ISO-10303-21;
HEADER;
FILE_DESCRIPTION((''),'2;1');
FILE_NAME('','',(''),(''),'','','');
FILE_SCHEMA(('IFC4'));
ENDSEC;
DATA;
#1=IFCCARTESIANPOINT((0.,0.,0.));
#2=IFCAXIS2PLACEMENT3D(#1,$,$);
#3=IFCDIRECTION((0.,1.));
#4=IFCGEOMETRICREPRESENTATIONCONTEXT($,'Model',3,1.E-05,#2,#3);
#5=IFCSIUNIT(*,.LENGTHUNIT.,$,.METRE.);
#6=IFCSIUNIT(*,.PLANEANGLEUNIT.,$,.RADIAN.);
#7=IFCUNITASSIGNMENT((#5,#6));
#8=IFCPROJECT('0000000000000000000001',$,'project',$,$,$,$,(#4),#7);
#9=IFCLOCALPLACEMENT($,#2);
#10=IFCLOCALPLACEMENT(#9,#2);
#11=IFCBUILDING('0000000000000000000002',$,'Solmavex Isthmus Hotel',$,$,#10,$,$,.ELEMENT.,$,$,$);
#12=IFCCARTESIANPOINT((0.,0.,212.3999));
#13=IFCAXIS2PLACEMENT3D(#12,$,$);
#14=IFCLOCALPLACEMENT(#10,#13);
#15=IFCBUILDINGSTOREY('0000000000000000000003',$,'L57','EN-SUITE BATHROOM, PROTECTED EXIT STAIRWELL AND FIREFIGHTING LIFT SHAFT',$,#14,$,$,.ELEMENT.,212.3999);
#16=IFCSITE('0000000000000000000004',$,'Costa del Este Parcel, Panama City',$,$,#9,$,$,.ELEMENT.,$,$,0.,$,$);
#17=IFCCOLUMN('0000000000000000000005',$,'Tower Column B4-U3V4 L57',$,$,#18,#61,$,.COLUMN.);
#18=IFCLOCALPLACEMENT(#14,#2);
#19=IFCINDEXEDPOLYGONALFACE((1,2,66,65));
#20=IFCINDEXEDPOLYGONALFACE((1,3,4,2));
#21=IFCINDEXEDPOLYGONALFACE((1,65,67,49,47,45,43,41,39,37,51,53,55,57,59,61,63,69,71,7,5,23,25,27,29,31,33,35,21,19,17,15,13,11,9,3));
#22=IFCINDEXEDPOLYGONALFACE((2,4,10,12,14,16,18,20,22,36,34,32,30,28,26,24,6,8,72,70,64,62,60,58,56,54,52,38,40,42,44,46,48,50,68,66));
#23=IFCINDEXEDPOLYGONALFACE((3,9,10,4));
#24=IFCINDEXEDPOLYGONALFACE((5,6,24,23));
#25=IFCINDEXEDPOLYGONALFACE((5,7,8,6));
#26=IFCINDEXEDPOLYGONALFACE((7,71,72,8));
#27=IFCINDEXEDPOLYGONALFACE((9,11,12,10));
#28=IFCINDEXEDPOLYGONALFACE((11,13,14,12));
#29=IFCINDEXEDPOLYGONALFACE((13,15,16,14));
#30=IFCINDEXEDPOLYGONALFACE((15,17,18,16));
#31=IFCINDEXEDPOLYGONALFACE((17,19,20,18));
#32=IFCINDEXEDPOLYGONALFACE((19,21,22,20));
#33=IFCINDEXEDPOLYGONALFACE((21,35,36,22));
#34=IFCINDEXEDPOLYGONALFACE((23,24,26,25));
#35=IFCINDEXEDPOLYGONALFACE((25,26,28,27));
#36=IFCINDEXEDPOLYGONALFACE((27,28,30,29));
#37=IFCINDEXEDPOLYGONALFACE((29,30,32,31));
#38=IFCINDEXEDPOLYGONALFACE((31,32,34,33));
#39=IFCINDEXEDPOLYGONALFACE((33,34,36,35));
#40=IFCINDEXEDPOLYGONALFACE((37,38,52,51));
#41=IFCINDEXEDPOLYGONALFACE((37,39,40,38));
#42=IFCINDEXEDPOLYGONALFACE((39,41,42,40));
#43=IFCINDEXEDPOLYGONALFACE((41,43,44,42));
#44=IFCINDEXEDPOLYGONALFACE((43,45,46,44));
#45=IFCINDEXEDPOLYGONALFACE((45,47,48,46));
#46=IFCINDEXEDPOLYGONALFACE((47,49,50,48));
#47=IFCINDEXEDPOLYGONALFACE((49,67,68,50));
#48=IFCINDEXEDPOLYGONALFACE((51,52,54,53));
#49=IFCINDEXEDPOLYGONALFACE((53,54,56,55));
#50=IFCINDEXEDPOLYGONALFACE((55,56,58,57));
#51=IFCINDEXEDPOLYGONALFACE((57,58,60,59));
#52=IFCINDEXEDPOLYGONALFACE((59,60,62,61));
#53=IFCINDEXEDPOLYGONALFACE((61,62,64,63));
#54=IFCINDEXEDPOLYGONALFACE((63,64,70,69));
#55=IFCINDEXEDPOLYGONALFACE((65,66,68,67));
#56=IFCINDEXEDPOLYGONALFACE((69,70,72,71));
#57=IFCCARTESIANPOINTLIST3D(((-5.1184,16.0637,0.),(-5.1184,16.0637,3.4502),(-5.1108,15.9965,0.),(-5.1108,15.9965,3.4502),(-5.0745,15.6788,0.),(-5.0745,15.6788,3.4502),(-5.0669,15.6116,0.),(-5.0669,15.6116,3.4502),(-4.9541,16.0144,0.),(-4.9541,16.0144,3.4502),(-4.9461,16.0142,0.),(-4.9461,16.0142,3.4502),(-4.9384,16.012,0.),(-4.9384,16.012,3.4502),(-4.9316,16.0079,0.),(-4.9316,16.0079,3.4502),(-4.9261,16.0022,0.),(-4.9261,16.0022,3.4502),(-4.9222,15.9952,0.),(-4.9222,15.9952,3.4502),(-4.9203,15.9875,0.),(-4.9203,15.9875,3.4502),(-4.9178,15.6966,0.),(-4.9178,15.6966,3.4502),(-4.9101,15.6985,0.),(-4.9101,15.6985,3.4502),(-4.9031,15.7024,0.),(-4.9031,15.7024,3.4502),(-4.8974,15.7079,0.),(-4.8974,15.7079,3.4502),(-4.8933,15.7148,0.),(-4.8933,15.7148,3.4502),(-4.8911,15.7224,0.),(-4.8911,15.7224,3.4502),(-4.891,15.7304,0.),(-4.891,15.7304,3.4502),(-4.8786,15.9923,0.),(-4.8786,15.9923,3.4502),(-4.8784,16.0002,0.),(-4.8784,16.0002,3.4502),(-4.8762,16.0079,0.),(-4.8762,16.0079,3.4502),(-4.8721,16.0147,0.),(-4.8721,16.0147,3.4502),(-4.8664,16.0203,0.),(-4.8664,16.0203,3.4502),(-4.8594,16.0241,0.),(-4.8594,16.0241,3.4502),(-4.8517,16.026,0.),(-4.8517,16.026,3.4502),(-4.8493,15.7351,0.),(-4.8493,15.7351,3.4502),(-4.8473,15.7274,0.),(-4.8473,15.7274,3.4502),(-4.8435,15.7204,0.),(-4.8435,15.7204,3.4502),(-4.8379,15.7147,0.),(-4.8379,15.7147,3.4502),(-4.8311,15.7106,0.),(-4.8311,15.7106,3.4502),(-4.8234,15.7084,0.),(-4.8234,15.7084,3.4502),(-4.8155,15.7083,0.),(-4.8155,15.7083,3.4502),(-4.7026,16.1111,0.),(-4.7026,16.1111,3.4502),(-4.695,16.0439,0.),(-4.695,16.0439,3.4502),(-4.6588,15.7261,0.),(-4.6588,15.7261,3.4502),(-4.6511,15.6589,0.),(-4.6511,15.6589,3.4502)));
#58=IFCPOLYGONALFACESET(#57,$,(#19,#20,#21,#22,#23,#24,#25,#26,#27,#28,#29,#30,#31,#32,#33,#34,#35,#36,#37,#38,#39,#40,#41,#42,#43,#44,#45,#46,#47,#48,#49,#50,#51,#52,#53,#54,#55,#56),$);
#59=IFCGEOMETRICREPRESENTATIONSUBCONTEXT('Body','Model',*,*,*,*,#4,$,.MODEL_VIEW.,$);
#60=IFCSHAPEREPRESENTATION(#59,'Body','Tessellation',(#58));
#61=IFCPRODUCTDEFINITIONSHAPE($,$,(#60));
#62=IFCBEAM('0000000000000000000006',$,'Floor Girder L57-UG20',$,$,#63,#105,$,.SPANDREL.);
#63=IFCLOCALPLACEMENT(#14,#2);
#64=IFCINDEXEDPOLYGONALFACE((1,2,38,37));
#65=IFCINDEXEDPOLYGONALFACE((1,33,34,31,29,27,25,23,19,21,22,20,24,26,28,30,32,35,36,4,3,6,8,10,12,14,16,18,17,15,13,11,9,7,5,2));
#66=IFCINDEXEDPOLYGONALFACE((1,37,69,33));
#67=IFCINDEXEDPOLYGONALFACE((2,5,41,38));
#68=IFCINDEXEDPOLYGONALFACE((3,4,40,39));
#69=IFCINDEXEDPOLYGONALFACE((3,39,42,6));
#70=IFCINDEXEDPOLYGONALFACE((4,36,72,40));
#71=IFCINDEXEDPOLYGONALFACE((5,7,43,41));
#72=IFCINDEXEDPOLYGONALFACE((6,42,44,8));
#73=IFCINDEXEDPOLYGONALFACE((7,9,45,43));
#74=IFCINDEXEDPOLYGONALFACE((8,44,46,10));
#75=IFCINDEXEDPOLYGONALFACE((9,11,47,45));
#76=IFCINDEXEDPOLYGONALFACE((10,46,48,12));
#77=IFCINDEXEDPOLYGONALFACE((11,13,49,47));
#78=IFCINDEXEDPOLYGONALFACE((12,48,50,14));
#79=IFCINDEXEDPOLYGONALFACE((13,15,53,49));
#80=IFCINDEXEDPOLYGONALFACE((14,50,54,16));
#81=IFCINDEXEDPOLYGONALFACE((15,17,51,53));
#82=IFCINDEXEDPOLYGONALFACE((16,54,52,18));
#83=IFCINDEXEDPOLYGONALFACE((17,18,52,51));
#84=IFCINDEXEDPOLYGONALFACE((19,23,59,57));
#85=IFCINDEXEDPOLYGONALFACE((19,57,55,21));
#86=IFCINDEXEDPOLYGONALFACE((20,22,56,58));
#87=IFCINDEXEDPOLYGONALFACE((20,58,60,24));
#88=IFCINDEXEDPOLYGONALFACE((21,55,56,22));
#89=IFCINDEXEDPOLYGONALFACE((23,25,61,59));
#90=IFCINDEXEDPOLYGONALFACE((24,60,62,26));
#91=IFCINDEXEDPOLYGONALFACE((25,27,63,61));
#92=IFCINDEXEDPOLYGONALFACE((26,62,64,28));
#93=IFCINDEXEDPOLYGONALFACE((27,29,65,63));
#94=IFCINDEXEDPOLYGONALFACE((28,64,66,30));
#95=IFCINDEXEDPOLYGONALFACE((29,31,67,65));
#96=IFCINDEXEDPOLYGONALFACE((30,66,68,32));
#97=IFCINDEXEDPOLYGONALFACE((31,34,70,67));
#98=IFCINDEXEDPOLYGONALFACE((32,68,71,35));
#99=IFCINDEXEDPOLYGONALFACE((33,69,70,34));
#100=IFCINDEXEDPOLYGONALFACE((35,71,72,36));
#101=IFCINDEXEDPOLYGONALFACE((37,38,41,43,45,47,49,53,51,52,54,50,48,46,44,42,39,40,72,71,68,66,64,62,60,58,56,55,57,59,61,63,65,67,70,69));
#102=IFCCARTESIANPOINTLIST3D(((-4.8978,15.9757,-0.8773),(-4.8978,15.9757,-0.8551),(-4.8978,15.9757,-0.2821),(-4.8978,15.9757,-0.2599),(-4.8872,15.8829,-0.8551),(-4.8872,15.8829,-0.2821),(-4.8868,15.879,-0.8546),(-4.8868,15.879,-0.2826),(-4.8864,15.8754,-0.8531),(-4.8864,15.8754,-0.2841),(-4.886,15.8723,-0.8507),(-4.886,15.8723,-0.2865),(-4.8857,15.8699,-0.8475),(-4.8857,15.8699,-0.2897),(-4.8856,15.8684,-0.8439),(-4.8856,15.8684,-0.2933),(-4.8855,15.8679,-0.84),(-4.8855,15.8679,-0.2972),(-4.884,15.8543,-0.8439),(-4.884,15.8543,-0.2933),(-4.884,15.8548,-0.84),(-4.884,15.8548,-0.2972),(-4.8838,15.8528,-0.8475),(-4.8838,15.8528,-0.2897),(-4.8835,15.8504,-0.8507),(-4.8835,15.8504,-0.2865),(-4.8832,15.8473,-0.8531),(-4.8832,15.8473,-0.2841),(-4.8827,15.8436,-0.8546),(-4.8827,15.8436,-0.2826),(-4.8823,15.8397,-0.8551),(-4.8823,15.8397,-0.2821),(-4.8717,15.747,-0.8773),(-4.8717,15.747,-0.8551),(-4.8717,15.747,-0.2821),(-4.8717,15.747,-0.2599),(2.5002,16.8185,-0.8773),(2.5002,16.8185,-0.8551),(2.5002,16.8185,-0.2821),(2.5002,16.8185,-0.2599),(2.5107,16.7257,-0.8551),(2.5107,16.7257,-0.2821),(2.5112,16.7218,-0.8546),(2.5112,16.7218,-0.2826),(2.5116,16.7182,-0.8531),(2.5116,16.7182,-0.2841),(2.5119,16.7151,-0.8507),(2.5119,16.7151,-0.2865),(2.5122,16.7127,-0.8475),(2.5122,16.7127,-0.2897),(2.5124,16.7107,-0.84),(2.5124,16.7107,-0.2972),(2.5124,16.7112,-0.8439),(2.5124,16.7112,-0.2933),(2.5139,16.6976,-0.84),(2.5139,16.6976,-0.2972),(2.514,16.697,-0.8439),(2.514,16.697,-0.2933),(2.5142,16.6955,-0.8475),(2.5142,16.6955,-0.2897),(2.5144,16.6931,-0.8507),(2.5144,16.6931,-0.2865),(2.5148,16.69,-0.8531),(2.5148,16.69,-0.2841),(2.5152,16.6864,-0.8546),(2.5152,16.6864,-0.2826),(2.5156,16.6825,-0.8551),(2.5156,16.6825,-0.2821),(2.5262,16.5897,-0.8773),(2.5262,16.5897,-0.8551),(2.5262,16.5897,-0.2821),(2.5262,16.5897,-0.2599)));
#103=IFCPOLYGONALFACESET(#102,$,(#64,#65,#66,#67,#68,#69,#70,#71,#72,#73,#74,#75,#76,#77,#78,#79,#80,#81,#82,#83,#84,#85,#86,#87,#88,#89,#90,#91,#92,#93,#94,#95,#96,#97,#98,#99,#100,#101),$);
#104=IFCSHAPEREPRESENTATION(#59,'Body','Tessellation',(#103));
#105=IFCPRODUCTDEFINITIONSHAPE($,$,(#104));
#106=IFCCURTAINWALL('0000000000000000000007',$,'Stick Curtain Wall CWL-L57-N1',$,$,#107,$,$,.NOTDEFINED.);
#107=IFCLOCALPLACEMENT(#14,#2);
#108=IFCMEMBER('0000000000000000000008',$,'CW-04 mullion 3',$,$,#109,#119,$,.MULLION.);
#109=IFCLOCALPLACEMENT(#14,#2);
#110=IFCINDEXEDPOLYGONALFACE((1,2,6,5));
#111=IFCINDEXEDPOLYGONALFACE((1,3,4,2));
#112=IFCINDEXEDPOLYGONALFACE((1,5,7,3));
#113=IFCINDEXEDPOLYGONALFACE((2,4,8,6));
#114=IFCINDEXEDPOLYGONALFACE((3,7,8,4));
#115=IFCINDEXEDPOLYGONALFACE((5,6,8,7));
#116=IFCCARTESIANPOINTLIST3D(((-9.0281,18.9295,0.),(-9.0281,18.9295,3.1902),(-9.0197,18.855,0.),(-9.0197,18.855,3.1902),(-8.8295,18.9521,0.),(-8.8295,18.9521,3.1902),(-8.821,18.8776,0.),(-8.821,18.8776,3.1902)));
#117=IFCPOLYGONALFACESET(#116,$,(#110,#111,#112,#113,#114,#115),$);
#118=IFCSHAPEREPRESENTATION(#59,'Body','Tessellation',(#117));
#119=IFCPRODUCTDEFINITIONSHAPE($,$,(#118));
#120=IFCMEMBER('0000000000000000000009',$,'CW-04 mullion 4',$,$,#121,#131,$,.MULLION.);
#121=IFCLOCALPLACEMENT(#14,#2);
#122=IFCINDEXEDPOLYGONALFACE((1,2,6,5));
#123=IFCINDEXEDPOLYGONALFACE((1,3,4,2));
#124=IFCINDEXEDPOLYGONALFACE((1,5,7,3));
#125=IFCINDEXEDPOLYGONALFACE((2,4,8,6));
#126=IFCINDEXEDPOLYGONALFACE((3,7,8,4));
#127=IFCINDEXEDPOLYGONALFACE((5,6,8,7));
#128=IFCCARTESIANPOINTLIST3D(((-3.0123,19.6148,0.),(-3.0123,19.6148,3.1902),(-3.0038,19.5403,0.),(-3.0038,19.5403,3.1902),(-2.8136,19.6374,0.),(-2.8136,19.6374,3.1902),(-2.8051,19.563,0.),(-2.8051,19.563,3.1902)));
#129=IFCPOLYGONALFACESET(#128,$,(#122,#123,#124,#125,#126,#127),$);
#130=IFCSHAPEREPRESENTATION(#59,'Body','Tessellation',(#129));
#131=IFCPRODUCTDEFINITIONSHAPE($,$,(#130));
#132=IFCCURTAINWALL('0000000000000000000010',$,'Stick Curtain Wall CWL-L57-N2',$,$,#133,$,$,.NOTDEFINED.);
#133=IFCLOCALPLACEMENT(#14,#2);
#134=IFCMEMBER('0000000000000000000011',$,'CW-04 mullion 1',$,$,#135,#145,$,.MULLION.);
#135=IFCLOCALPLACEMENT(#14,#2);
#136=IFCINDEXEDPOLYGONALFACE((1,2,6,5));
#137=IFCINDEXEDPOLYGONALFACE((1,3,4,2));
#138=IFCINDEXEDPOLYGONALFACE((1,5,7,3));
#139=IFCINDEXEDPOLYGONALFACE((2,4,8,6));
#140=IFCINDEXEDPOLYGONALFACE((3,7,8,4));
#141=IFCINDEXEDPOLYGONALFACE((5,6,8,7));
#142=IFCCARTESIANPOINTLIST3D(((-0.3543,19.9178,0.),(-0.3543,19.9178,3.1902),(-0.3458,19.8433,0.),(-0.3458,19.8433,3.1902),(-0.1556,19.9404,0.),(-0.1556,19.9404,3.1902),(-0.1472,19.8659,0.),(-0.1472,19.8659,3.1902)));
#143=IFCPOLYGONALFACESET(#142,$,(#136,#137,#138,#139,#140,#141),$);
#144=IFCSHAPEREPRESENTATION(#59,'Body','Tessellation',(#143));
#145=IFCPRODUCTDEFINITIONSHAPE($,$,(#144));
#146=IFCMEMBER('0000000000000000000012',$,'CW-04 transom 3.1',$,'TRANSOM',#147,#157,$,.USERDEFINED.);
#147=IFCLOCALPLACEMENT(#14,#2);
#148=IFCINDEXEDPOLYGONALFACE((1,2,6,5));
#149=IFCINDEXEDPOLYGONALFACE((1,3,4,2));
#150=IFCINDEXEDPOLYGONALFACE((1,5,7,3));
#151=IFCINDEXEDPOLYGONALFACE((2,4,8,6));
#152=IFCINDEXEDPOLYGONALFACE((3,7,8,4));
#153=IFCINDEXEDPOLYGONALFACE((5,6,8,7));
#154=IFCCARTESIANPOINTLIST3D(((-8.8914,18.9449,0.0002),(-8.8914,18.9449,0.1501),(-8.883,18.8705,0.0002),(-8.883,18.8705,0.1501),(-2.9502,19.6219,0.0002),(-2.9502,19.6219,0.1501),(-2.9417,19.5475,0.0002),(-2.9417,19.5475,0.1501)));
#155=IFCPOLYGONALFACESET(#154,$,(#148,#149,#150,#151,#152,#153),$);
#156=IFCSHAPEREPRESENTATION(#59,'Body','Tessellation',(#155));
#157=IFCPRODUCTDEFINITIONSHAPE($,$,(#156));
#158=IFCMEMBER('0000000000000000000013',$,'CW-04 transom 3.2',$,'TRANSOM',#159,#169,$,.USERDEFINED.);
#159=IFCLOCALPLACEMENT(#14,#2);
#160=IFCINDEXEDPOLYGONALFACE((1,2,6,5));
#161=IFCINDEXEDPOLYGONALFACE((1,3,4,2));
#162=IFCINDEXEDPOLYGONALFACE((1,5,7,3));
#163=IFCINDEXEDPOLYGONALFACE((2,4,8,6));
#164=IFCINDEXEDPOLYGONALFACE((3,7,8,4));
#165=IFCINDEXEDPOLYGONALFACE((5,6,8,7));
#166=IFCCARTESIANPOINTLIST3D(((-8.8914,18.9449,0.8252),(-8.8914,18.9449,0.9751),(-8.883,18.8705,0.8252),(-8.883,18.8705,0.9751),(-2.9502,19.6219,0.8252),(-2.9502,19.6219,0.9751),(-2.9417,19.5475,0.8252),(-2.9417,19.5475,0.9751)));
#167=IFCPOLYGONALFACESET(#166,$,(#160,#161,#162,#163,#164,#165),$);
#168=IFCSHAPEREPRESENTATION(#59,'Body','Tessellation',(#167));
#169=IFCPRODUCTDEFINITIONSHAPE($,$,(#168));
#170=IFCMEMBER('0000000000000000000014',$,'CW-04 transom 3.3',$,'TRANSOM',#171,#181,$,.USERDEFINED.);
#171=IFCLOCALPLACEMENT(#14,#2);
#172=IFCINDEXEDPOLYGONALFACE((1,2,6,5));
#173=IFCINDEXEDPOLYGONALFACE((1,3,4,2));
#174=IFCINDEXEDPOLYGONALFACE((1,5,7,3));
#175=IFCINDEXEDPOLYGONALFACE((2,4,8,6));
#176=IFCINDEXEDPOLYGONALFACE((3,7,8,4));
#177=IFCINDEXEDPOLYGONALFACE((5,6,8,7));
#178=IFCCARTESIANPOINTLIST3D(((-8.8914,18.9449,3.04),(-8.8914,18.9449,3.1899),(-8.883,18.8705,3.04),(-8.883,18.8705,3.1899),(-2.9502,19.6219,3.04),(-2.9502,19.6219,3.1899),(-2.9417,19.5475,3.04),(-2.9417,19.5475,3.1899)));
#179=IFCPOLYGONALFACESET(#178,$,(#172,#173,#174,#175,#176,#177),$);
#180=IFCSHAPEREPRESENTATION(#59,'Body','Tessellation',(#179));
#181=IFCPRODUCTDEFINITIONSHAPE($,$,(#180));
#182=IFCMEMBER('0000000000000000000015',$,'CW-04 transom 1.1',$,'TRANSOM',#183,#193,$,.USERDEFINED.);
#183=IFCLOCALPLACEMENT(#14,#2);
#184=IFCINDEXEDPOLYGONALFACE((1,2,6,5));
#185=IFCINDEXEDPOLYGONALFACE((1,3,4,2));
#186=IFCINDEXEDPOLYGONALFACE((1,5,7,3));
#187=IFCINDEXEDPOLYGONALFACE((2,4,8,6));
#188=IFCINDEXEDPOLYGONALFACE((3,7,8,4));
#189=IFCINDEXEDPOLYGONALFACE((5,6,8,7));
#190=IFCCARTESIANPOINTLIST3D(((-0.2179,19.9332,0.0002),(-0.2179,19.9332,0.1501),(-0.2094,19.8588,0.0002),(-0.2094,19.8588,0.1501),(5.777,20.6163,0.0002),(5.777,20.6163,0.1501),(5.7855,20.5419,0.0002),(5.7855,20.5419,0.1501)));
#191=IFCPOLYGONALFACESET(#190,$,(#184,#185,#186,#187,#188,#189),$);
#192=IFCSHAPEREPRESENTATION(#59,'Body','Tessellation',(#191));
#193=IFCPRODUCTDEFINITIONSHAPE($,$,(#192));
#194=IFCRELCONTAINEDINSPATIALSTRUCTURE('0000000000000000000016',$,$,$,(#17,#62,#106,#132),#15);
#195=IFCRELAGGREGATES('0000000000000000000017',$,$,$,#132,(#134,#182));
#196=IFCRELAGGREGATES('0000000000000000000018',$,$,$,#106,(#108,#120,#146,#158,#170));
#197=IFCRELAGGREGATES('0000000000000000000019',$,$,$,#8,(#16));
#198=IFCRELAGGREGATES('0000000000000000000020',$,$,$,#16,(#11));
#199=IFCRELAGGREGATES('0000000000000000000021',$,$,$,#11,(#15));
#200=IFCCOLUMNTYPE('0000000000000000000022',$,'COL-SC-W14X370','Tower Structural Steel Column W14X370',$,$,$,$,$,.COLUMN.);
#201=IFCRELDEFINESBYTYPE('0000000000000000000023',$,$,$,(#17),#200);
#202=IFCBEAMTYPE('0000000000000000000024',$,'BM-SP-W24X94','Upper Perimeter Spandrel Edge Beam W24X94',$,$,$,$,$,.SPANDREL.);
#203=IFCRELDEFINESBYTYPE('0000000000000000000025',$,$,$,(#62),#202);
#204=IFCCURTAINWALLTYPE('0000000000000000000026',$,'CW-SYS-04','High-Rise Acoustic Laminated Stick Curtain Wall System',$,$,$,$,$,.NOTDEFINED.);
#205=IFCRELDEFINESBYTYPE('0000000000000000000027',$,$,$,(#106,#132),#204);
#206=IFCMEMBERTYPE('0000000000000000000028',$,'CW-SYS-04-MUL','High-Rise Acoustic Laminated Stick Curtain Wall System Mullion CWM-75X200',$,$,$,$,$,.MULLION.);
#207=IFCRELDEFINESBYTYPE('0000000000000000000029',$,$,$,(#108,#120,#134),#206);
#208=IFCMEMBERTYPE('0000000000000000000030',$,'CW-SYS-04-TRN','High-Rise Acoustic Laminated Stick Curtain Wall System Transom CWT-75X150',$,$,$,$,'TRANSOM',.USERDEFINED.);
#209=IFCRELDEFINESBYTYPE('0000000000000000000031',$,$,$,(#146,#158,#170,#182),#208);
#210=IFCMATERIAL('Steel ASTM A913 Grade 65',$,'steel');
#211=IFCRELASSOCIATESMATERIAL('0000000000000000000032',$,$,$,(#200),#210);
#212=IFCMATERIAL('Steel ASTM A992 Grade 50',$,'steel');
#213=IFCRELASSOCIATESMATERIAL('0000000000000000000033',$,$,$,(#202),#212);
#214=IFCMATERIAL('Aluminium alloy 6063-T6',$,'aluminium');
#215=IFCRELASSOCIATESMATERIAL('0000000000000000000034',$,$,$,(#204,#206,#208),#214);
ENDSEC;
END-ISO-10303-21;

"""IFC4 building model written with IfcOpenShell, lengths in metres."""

from ifc_helpers import new_model, si_unit, direction, frame, origin, origin_2d, place, context, subcontext, project, spatial, rectangle, i_section, extrude, material, material_profile, profile_set, type_object, element, aggregate, save


model = new_model("IFC4")

# Units and contexts
model_context = context("Model", 3, precision=1e-05, world=origin(), true_north=direction((0.0, 1.0)))
body_context = subcontext(model_context, "Body", "Model", "MODEL_VIEW")
ifc_project = project(units=[si_unit("LENGTHUNIT", "METRE"), si_unit("PLANEANGLEUNIT", "RADIAN")], contexts=[model_context])

# Site, building, storey
site_placement = place(None, origin())
site = spatial("IfcSite", under=ifc_project, at=site_placement, Name="Costa del Este Parcel, Panama City", CompositionType="ELEMENT", RefElevation=0.0)
building_placement = place(site_placement, origin())
building = spatial("IfcBuilding", under=site, at=building_placement, Name="Solmavex Isthmus Hotel", CompositionType="ELEMENT")
storey_placement = place(building_placement, frame((0.0, 0.0, 212.3999)))
storey = spatial("IfcBuildingStorey", under=building, at=storey_placement, Name="L57", Description="EN-SUITE BATHROOM, PROTECTED EXIT STAIRWELL AND FIREFIGHTING LIFT SHAFT", CompositionType="ELEMENT", Elevation=212.3999)

# Column
ifc_material_1 = material(Name="Steel ASTM A913 Grade 65", Category="steel")
ifc_material_profile_1 = material_profile(ifc_material_1, i_section(OverallWidth=0.4185, OverallDepth=0.4551, WebThickness=0.042, FlangeThickness=0.0676, FilletRadius=0.0305, at=origin_2d()), Name="W14X370")
ifc_profile_set_1 = profile_set([ifc_material_profile_1], Name="Steel ASTM A913 Grade 65")
column_type = type_object("IfcColumnType", Name="COL-SC-W14X370", Description="Tower Structural Steel Column W14X370", PredefinedType="COLUMN", material=ifc_profile_set_1)
column_placement = place(storey_placement, frame((-4.8848, 15.8613, 0.0), z_axis=(0.0, 0.0, 1.0), x_axis=(0.993572, 0.113203, 0.0)))
element("IfcColumn", 1, at=column_placement, inside=storey, type_object=column_type, Name="Tower Column B4-U3V4 L57", PredefinedType="COLUMN", context=body_context, shape_type="SweptSolid", body=[
    extrude(i_section(OverallWidth=0.4185, OverallDepth=0.4551, WebThickness=0.042, FlangeThickness=0.0676, FilletRadius=0.0305, at=origin_2d()), origin(), (0.0, 0.0, 1.0), 3.4502),
])

# Beam
ifc_material_2 = material(Name="Steel ASTM A992 Grade 50", Category="steel")
ifc_material_profile_2 = material_profile(ifc_material_2, i_section(OverallWidth=0.2302, OverallDepth=0.6174, WebThickness=0.0132, FlangeThickness=0.0222, FilletRadius=0.0151, at=origin_2d()), Name="W24X94")
ifc_profile_set_2 = profile_set([ifc_material_profile_2], Name="Steel ASTM A992 Grade 50")
beam_type = type_object("IfcBeamType", Name="BM-SP-W24X94", Description="Upper Perimeter Spandrel Edge Beam W24X94", PredefinedType="SPANDREL", material=ifc_profile_set_2)
beam_placement = place(storey_placement, frame((-4.8848, 15.8613, -0.5686), z_axis=(0.993574, 0.113188, 0.0), x_axis=(-0.113188, 0.993574, 0.0)))
element("IfcBeam", 2, at=beam_placement, inside=storey, type_object=beam_type, Name="Floor Girder L57-UG20", PredefinedType="SPANDREL", context=body_context, shape_type="SweptSolid", body=[
    extrude(i_section(OverallWidth=0.2302, OverallDepth=0.6174, WebThickness=0.0132, FlangeThickness=0.0222, FilletRadius=0.0151, at=origin_2d()), origin(), (0.0, 0.0, 1.0), 7.4458),
])

# Curtain wall, members
ifc_material_3 = material(Name="Aluminium alloy 6063-T6", Category="aluminium")
curtain_wall_type = type_object("IfcCurtainWallType", Name="CW-SYS-04", Description="High-Rise Acoustic Laminated Stick Curtain Wall System", PredefinedType="NOTDEFINED", material=ifc_material_3)
curtain_wall_1_placement = place(storey_placement, origin())
curtain_wall_1 = element("IfcCurtainWall", 3, at=curtain_wall_1_placement, inside=storey, type_object=curtain_wall_type, Name="Stick Curtain Wall CWL-L57-N1", PredefinedType="NOTDEFINED")
ifc_material_profile_3 = material_profile(ifc_material_3, rectangle(XDim=0.075, YDim=0.2, at=origin_2d()), Name="CWM-75X200")
ifc_profile_set_3 = profile_set([ifc_material_profile_3], Name="Aluminium alloy 6063-T6")
member_type_1 = type_object("IfcMemberType", Name="CW-SYS-04-MUL", Description="High-Rise Acoustic Laminated Stick Curtain Wall System Mullion CWM-75X200", PredefinedType="MULLION", material=ifc_profile_set_3)
member_1_placement = place(storey_placement, frame((-8.9246, 18.9036, 0.0), z_axis=(0.0, 0.0, 1.0), x_axis=(-0.113203, 0.993572, 0.0)))
member_1 = element("IfcMember", 4, at=member_1_placement, type_object=member_type_1, Name="CW-04 mullion 3", PredefinedType="MULLION", context=body_context, shape_type="SweptSolid", body=[
    extrude(rectangle(XDim=0.075, YDim=0.2, at=origin_2d()), origin(), (0.0, 0.0, 1.0), 3.1902),
])
member_2_placement = place(storey_placement, frame((-2.9087, 19.5889, 0.0), z_axis=(0.0, 0.0, 1.0), x_axis=(-0.113203, 0.993572, 0.0)))
member_2 = element("IfcMember", 5, at=member_2_placement, type_object=member_type_1, Name="CW-04 mullion 4", PredefinedType="MULLION", context=body_context, shape_type="SweptSolid", body=[
    extrude(rectangle(XDim=0.075, YDim=0.2, at=origin_2d()), origin(), (0.0, 0.0, 1.0), 3.1902),
])

# Curtain wall, member
curtain_wall_2_placement = place(storey_placement, origin())
curtain_wall_2 = element("IfcCurtainWall", 6, at=curtain_wall_2_placement, inside=storey, type_object=curtain_wall_type, Name="Stick Curtain Wall CWL-L57-N2", PredefinedType="NOTDEFINED")
member_3_placement = place(storey_placement, frame((-0.2507, 19.8918, 0.0), z_axis=(0.0, 0.0, 1.0), x_axis=(-0.113203, 0.993572, 0.0)))
member_3 = element("IfcMember", 7, at=member_3_placement, type_object=member_type_1, Name="CW-04 mullion 1", PredefinedType="MULLION", context=body_context, shape_type="SweptSolid", body=[
    extrude(rectangle(XDim=0.075, YDim=0.2, at=origin_2d()), origin(), (0.0, 0.0, 1.0), 3.1902),
])

# Members
ifc_material_profile_4 = material_profile(ifc_material_3, rectangle(XDim=0.075, YDim=0.1499, at=origin_2d()), Name="CWT-75X150")
ifc_profile_set_4 = profile_set([ifc_material_profile_4], Name="Aluminium alloy 6063-T6")
member_type_2 = type_object("IfcMemberType", Name="CW-SYS-04-TRN", Description="High-Rise Acoustic Laminated Stick Curtain Wall System Transom CWT-75X150", ElementType="TRANSOM", PredefinedType="USERDEFINED", material=ifc_profile_set_4)
member_4_placement = place(storey_placement, frame((-8.8872, 18.9077, 0.0752), z_axis=(0.993571, 0.113214, 0.0), x_axis=(-0.113214, 0.993571, 0.0)))
member_4 = element("IfcMember", 8, at=member_4_placement, type_object=member_type_2, Name="CW-04 transom 3.1", ObjectType="TRANSOM", PredefinedType="USERDEFINED", context=body_context, shape_type="SweptSolid", body=[
    extrude(rectangle(XDim=0.075, YDim=0.1499, at=origin_2d()), origin(), (0.0, 0.0, 1.0), 5.9797),
])
member_5_placement = place(storey_placement, frame((-8.8872, 18.9077, 0.9001), z_axis=(0.993571, 0.113214, 0.0), x_axis=(-0.113214, 0.993571, 0.0)))
member_5 = element("IfcMember", 9, at=member_5_placement, type_object=member_type_2, Name="CW-04 transom 3.2", ObjectType="TRANSOM", PredefinedType="USERDEFINED", context=body_context, shape_type="SweptSolid", body=[
    extrude(rectangle(XDim=0.075, YDim=0.1499, at=origin_2d()), origin(), (0.0, 0.0, 1.0), 5.9797),
])
member_6_placement = place(storey_placement, frame((-8.8872, 18.9077, 3.115), z_axis=(0.993571, 0.113214, 0.0), x_axis=(-0.113214, 0.993571, 0.0)))
member_6 = element("IfcMember", 10, at=member_6_placement, type_object=member_type_2, Name="CW-04 transom 3.3", ObjectType="TRANSOM", PredefinedType="USERDEFINED", context=body_context, shape_type="SweptSolid", body=[
    extrude(rectangle(XDim=0.075, YDim=0.1499, at=origin_2d()), origin(), (0.0, 0.0, 1.0), 5.9797),
])
member_7_placement = place(storey_placement, frame((-0.2136, 19.896, 0.0752), z_axis=(0.99357, 0.113216, 0.0), x_axis=(-0.113216, 0.99357, 0.0)))
member_7 = element("IfcMember", 11, at=member_7_placement, type_object=member_type_2, Name="CW-04 transom 1.1", ObjectType="TRANSOM", PredefinedType="USERDEFINED", context=body_context, shape_type="SweptSolid", body=[
    extrude(rectangle(XDim=0.075, YDim=0.1499, at=origin_2d()), origin(), (0.0, 0.0, 1.0), 6.0337),
])
aggregate(curtain_wall_2, [member_3, member_7])

aggregate(curtain_wall_1, [member_1, member_2, member_4, member_5, member_6])

save(model, "model.ifc")
